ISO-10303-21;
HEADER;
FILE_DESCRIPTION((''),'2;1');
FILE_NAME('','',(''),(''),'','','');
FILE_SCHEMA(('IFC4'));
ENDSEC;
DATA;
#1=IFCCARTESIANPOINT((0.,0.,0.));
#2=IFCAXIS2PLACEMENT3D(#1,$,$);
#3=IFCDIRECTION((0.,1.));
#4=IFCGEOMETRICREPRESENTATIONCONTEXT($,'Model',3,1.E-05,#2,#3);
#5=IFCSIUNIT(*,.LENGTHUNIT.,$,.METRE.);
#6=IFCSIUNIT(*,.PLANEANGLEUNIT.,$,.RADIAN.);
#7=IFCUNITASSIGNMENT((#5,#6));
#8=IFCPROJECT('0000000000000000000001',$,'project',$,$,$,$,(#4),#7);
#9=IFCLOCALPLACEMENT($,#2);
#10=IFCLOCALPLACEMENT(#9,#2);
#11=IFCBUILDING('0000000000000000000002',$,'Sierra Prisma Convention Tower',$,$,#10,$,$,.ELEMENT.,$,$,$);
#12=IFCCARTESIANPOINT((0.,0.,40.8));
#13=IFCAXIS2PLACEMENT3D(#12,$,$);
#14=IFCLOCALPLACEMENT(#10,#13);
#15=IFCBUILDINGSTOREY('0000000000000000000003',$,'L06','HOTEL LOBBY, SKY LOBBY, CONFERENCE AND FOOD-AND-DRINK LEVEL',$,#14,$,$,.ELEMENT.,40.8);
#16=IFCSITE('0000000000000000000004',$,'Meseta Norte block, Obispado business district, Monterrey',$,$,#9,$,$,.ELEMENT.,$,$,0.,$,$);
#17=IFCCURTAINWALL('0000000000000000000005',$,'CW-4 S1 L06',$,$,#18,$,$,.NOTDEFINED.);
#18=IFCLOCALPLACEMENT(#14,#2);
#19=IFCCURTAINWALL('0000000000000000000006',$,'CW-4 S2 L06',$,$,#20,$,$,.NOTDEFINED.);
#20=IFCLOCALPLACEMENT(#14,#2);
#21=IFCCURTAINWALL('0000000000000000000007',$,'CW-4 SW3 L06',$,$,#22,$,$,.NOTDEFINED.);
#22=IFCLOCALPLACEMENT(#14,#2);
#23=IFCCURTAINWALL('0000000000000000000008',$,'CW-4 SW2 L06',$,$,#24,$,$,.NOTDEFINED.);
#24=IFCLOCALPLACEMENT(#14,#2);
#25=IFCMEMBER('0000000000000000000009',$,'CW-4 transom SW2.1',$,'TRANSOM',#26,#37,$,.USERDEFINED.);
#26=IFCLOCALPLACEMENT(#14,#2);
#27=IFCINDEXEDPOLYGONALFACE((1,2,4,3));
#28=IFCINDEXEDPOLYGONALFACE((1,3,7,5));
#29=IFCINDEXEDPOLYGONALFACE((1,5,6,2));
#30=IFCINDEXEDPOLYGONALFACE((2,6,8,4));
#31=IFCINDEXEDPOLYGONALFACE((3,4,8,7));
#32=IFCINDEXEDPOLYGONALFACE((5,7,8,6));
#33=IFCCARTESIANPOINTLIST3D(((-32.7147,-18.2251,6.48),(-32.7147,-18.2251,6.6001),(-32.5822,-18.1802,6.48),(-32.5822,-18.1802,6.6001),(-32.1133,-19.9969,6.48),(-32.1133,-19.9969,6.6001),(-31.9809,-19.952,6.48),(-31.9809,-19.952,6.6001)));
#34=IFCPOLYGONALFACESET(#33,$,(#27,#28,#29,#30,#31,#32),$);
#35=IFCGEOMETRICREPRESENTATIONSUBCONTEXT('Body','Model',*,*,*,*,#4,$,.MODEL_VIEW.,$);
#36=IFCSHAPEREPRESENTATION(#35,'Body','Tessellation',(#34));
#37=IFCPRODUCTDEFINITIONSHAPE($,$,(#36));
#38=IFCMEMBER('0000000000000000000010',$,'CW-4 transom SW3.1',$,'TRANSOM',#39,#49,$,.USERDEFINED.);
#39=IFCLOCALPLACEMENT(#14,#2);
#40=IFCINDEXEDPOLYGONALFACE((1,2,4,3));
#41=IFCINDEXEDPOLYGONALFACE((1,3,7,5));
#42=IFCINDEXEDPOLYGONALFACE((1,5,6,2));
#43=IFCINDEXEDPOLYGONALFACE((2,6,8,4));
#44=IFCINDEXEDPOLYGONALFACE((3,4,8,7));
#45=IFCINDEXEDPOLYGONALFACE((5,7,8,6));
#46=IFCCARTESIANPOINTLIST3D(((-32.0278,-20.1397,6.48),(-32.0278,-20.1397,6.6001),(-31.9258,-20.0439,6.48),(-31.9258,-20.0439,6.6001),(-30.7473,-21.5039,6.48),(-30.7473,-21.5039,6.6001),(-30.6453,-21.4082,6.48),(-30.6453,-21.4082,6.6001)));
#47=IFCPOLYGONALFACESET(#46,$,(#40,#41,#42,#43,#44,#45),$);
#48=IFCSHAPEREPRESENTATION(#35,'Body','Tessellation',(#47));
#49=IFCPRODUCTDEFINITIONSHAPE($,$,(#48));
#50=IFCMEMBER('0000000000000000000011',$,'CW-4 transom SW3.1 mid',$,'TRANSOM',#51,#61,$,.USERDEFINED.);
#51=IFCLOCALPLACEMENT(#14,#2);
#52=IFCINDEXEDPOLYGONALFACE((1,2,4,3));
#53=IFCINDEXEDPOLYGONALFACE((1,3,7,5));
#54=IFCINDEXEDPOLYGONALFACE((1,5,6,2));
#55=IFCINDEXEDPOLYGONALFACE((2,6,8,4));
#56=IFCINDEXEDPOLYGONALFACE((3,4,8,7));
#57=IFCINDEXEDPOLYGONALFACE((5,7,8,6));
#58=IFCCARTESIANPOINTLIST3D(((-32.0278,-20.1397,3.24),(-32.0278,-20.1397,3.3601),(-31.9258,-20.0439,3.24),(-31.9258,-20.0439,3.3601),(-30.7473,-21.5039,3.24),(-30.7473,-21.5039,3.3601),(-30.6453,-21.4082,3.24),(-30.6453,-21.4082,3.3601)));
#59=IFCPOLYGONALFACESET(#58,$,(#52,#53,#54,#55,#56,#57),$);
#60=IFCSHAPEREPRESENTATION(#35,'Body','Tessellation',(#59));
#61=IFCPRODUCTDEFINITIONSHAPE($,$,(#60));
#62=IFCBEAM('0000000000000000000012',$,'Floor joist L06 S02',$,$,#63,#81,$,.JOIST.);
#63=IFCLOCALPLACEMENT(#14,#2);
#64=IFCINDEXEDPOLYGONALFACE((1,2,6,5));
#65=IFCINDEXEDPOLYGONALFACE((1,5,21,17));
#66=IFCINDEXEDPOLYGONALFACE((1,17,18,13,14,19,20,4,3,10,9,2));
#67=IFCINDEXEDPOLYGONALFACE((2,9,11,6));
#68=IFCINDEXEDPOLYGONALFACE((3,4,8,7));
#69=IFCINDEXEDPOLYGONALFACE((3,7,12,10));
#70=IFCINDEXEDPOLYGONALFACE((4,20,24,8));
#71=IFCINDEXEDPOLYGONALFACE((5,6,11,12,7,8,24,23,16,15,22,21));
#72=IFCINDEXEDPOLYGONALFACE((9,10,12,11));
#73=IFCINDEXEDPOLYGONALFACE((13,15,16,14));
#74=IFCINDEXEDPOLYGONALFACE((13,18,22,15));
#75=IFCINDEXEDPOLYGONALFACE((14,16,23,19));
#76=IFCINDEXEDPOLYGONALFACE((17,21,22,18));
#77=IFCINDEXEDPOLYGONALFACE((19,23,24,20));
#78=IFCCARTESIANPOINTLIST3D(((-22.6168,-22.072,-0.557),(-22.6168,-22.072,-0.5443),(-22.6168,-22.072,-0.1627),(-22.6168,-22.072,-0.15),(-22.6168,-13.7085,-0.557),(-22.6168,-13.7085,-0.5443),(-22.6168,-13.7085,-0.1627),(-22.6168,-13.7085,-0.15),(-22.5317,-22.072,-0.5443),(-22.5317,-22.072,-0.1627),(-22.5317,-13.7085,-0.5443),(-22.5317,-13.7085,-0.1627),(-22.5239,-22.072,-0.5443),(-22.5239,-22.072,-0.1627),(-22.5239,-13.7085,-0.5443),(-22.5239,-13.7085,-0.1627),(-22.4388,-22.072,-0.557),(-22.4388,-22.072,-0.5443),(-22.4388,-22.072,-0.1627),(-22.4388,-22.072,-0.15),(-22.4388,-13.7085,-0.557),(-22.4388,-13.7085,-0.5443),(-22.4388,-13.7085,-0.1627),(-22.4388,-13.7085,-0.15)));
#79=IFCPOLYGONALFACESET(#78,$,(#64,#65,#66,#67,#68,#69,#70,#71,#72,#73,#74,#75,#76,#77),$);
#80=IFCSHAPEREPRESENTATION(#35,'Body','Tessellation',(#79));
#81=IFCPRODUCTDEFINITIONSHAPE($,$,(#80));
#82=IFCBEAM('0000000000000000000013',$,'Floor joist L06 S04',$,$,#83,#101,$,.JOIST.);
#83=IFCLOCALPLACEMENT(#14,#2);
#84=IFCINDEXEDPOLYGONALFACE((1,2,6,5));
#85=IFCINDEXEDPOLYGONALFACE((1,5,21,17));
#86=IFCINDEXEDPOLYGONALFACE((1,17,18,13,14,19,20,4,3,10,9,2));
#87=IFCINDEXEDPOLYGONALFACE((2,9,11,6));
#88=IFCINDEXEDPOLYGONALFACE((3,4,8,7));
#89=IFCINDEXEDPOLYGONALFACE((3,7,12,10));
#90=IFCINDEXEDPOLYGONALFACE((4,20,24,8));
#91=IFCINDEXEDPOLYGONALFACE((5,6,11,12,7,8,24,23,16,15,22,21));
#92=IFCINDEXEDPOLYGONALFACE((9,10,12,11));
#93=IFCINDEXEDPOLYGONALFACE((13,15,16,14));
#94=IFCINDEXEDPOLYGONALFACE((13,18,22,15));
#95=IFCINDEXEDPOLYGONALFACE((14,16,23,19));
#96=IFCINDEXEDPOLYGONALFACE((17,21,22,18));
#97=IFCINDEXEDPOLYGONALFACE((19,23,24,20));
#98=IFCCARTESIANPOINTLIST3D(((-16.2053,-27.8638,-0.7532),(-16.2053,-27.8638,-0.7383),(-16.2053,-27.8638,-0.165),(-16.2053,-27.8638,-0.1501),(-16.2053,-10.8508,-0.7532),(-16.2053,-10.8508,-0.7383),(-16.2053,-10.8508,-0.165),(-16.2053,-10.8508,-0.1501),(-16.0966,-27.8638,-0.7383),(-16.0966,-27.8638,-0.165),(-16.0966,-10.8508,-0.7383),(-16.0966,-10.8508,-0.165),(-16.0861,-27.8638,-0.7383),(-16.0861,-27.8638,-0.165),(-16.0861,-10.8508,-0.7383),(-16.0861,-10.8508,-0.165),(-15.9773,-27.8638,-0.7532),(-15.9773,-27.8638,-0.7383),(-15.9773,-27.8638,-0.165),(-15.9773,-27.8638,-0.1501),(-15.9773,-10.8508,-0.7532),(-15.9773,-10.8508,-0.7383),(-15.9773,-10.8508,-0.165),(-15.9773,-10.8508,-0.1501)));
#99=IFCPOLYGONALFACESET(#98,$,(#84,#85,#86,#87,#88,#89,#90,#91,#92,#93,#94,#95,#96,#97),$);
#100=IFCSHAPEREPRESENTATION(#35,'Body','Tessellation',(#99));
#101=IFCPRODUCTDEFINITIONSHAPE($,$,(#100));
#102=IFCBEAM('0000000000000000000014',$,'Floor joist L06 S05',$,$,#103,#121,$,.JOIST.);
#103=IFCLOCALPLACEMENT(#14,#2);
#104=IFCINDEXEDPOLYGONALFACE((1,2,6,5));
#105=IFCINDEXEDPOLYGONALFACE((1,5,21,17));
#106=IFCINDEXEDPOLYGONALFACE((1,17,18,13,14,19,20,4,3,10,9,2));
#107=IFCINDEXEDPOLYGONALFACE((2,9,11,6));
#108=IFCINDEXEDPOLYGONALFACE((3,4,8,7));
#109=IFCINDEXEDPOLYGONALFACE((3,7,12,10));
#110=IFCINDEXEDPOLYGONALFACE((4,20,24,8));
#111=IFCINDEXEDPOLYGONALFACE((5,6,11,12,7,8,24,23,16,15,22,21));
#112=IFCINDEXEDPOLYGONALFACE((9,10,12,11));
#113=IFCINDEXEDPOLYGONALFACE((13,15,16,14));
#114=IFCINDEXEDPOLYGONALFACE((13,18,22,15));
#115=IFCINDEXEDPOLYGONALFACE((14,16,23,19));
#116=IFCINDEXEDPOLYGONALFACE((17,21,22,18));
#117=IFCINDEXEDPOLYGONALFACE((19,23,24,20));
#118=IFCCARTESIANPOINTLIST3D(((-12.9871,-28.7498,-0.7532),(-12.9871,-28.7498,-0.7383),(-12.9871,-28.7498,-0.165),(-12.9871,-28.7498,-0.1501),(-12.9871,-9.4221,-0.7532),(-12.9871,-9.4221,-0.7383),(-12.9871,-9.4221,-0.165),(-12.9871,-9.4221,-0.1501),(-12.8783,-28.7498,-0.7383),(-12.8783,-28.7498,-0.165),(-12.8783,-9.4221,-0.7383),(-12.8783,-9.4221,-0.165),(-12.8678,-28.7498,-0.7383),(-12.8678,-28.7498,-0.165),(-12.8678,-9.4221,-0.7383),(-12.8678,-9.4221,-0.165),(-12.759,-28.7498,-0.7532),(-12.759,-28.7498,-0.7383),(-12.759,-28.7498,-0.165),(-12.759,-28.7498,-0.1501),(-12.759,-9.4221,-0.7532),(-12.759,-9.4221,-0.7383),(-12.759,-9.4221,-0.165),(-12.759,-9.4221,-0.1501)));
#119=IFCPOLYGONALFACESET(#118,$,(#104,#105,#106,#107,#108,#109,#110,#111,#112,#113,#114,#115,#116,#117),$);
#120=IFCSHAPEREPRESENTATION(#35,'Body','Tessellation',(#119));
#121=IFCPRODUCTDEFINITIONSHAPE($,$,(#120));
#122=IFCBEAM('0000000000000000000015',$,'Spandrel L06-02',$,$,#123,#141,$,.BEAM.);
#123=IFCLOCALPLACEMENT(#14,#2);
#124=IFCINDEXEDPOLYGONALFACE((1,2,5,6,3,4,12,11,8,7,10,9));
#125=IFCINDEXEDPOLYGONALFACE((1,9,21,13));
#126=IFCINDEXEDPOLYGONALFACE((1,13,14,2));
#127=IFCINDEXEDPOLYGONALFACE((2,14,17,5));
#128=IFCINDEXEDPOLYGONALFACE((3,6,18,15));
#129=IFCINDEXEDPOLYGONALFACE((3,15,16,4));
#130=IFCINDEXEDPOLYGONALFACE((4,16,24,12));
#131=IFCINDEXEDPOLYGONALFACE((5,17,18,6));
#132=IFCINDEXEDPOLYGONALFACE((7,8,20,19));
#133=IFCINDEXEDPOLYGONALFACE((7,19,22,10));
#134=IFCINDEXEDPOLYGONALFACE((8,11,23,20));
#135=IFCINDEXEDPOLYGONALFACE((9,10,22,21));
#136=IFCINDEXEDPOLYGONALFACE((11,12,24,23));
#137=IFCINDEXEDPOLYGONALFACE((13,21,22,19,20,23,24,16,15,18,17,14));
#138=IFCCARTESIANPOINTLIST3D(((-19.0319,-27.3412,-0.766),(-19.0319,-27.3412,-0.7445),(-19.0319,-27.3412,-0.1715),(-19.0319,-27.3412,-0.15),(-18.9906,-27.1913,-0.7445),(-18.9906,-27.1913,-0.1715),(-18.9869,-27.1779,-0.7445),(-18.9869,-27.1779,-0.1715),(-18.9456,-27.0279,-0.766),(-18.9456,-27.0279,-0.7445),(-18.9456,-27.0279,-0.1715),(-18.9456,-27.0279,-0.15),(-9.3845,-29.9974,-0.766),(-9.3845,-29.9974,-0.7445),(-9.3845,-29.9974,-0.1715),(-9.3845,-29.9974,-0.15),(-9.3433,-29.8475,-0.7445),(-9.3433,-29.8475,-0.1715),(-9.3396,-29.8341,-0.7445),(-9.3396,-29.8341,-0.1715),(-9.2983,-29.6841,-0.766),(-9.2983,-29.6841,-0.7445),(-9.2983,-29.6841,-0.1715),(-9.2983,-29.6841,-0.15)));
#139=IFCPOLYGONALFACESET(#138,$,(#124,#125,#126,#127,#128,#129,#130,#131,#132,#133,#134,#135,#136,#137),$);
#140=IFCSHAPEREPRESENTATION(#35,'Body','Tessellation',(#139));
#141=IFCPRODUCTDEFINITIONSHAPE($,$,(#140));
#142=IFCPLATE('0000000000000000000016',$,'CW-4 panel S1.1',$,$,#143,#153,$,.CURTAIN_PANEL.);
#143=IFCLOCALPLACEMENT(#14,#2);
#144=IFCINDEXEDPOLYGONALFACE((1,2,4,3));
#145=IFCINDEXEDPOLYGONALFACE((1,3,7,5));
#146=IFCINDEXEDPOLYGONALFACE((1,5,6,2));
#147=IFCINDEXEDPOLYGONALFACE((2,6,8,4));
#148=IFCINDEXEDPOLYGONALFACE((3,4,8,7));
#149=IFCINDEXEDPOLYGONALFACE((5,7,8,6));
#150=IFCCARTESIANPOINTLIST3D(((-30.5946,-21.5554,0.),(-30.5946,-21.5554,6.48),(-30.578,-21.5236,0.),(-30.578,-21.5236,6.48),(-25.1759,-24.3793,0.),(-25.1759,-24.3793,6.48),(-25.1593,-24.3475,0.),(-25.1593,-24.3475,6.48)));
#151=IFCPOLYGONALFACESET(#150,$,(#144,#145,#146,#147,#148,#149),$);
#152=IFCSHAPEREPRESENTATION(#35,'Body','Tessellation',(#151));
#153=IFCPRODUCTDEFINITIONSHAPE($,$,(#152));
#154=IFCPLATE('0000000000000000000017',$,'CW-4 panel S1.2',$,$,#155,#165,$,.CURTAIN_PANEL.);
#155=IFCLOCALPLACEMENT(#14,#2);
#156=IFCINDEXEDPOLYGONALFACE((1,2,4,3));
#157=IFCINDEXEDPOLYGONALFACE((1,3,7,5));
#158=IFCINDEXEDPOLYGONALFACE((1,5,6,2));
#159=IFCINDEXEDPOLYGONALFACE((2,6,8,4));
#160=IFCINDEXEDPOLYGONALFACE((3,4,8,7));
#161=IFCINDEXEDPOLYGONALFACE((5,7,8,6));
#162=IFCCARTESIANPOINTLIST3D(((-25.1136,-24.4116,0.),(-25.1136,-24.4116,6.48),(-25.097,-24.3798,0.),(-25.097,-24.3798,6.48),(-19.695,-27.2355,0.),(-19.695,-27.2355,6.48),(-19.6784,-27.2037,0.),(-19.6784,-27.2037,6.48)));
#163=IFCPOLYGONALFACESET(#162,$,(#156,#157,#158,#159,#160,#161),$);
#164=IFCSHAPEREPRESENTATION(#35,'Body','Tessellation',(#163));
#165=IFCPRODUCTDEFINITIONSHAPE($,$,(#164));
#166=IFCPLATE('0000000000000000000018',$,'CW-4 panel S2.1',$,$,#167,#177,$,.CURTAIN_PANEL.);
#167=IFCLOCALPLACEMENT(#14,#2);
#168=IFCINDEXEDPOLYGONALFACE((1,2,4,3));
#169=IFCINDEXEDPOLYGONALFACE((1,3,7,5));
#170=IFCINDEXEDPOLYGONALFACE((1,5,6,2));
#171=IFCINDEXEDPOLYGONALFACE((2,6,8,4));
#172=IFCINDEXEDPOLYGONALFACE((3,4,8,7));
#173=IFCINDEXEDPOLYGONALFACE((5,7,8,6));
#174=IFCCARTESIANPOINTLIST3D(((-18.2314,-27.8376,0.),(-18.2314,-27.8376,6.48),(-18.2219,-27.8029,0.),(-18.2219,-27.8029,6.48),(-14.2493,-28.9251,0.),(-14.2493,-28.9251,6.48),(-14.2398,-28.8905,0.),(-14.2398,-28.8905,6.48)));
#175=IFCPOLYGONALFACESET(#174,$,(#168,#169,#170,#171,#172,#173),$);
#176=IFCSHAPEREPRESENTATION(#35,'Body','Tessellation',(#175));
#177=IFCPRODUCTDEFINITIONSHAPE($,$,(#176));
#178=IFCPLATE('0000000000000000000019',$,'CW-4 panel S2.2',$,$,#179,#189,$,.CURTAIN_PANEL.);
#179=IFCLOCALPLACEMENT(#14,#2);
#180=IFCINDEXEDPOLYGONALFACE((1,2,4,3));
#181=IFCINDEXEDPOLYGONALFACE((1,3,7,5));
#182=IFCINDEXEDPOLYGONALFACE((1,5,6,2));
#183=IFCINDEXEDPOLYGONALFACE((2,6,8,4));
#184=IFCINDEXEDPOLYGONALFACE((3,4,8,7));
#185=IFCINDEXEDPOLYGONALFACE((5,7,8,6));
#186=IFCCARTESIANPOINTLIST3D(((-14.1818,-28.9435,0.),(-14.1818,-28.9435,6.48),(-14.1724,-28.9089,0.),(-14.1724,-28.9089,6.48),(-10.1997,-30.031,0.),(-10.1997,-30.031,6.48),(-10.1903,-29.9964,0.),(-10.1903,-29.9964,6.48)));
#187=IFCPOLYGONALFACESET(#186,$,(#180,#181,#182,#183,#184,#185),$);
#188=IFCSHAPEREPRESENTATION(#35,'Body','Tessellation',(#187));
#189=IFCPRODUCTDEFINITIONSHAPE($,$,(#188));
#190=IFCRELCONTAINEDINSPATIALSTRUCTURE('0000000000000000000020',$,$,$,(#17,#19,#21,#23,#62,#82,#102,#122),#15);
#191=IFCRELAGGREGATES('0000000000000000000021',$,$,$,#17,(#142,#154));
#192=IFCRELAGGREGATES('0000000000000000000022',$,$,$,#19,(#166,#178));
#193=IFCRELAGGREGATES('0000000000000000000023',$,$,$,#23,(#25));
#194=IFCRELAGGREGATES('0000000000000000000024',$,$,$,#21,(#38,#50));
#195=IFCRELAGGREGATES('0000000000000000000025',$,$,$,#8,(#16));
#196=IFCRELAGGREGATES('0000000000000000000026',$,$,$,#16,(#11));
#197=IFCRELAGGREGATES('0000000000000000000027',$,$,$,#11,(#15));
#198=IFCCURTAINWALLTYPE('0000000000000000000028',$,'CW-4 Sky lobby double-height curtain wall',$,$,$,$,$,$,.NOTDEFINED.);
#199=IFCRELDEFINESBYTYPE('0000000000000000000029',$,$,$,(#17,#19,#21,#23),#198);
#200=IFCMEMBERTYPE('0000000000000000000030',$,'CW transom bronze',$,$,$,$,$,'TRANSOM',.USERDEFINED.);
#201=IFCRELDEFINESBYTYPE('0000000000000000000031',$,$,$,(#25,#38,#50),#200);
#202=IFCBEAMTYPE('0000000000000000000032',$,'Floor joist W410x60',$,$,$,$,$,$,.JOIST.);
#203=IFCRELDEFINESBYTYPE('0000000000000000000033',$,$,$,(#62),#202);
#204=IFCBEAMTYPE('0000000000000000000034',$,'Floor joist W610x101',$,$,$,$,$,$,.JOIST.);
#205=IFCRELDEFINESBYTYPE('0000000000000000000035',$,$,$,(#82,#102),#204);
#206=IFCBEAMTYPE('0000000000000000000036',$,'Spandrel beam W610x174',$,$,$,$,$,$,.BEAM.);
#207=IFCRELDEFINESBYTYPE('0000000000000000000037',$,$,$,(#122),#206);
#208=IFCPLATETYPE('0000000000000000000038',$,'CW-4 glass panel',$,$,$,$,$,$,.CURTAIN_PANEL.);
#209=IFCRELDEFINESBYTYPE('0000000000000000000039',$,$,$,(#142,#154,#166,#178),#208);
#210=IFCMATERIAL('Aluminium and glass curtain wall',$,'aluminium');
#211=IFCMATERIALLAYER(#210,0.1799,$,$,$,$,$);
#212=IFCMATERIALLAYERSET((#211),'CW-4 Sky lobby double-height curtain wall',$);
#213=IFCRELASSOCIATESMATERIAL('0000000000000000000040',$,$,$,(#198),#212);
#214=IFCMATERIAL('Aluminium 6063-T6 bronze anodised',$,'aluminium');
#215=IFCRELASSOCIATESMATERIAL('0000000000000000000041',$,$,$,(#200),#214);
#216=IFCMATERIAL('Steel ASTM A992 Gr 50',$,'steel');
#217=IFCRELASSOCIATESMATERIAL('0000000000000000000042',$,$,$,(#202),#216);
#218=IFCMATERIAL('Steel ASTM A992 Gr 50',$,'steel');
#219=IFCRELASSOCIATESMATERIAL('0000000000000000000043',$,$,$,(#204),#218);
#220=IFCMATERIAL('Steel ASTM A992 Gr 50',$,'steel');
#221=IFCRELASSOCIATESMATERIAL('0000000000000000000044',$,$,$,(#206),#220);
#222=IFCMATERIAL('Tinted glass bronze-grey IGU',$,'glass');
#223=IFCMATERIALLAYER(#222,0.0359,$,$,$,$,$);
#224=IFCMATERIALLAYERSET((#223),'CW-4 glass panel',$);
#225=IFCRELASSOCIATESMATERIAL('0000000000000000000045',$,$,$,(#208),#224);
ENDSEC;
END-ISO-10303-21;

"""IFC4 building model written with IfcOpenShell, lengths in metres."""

from ifc_helpers import new_model, si_unit, direction, frame, origin, origin_2d, place, context, subcontext, project, spatial, rectangle, i_section, extrude, material, layer, layer_set, material_profile, profile_set, type_object, element, aggregate, save


model = new_model("IFC4")

# Units and contexts
model_context = context("Model", 3, precision=1e-05, world=origin(), true_north=direction((0.0, 1.0)))
body_context = subcontext(model_context, "Body", "Model", "MODEL_VIEW")
ifc_project = project(units=[si_unit("LENGTHUNIT", "METRE"), si_unit("PLANEANGLEUNIT", "RADIAN")], contexts=[model_context])

# Site, building, storey
site_placement = place(None, origin())
site = spatial("IfcSite", under=ifc_project, at=site_placement, Name="Meseta Norte block, Obispado business district, Monterrey", CompositionType="ELEMENT", RefElevation=0.0)
building_placement = place(site_placement, origin())
building = spatial("IfcBuilding", under=site, at=building_placement, Name="Sierra Prisma Convention Tower", CompositionType="ELEMENT")
storey_placement = place(building_placement, frame((0.0, 0.0, 40.8)))
storey = spatial("IfcBuildingStorey", under=building, at=storey_placement, Name="L06", Description="HOTEL LOBBY, SKY LOBBY, CONFERENCE AND FOOD-AND-DRINK LEVEL", CompositionType="ELEMENT", Elevation=40.8)

# Curtain wall
ifc_material_1 = material(Name="Aluminium and glass curtain wall", Category="aluminium")
ifc_layer_1 = layer(ifc_material_1, 0.1799)
ifc_layer_set_1 = layer_set([ifc_layer_1], Name="CW-4 Sky lobby double-height curtain wall")
curtain_wall_type = type_object("IfcCurtainWallType", Name="CW-4 Sky lobby double-height curtain wall", PredefinedType="NOTDEFINED", material=ifc_layer_set_1)
curtain_wall_1_placement = place(storey_placement, origin())
curtain_wall_1 = element("IfcCurtainWall", 1, at=curtain_wall_1_placement, inside=storey, type_object=curtain_wall_type, Name="CW-4 S1 L06", PredefinedType="NOTDEFINED")

# Curtain walls
curtain_wall_2_placement = place(storey_placement, origin())
curtain_wall_2 = element("IfcCurtainWall", 2, at=curtain_wall_2_placement, inside=storey, type_object=curtain_wall_type, Name="CW-4 S2 L06", PredefinedType="NOTDEFINED")
curtain_wall_3_placement = place(storey_placement, origin())
curtain_wall_3 = element("IfcCurtainWall", 3, at=curtain_wall_3_placement, inside=storey, type_object=curtain_wall_type, Name="CW-4 SW3 L06", PredefinedType="NOTDEFINED")

# Shared definitions
ifc_material_2 = material(Name="Aluminium 6063-T6 bronze anodised", Category="aluminium")
ifc_material_profile_1 = material_profile(ifc_material_2, rectangle(XDim=0.1399, YDim=0.1201, at=origin_2d()), Name="ALU TRANSOM 120x140")
ifc_profile_set_1 = profile_set([ifc_material_profile_1], Name="Aluminium 6063-T6 bronze anodised")
member_type_1 = type_object("IfcMemberType", Name="CW transom bronze", ElementType="TRANSOM", PredefinedType="USERDEFINED", material=ifc_profile_set_1)

# Curtain wall, member
curtain_wall_4_placement = place(storey_placement, origin())
curtain_wall_4 = element("IfcCurtainWall", 4, at=curtain_wall_4_placement, inside=storey, type_object=curtain_wall_type, Name="CW-4 SW2 L06", PredefinedType="NOTDEFINED")
member_1_placement = place(storey_placement, frame((-32.6484, -18.2026, 6.54), z_axis=(0.32139, -0.946947, 0.0), x_axis=(0.946947, 0.32139, 0.0)))
member_1 = element("IfcMember", 5, at=member_1_placement, type_object=member_type_1, Name="CW-4 transom SW2.1", ObjectType="TRANSOM", PredefinedType="USERDEFINED", context=body_context, shape_type="SweptSolid", body=[
    extrude(rectangle(XDim=0.1399, YDim=0.1201, at=origin_2d()), origin(), (0.0, 0.0, 1.0), 1.8711),
])

# Members
member_2_placement = place(storey_placement, frame((-31.9768, -20.0918, 6.54), z_axis=(0.684375, -0.72913, 0.0), x_axis=(0.72913, 0.684375, 0.0)))
member_2 = element("IfcMember", 6, at=member_2_placement, type_object=member_type_1, Name="CW-4 transom SW3.1", ObjectType="TRANSOM", PredefinedType="USERDEFINED", context=body_context, shape_type="SweptSolid", body=[
    extrude(rectangle(XDim=0.1399, YDim=0.1201, at=origin_2d()), origin(), (0.0, 0.0, 1.0), 1.8711),
])
member_3_placement = place(storey_placement, frame((-31.9768, -20.0918, 3.3), z_axis=(0.684375, -0.72913, 0.0), x_axis=(0.72913, 0.684375, 0.0)))
member_3 = element("IfcMember", 7, at=member_3_placement, type_object=member_type_1, Name="CW-4 transom SW3.1 mid", ObjectType="TRANSOM", PredefinedType="USERDEFINED", context=body_context, shape_type="SweptSolid", body=[
    extrude(rectangle(XDim=0.1399, YDim=0.1201, at=origin_2d()), origin(), (0.0, 0.0, 1.0), 1.8711),
])

# Beams
ifc_material_3 = material(Name="Steel ASTM A992 Gr 50", Category="steel")
ifc_material_profile_2 = material_profile(ifc_material_3, i_section(OverallWidth=0.178, OverallDepth=0.407, WebThickness=0.0078, FlangeThickness=0.0127, at=origin_2d()), Name="W410x60")
ifc_profile_set_2 = profile_set([ifc_material_profile_2], Name="Steel ASTM A992 Gr 50")
beam_type_1 = type_object("IfcBeamType", Name="Floor joist W410x60", PredefinedType="JOIST", material=ifc_profile_set_2)
beam_1_placement = place(storey_placement, frame((-22.5278, -22.072, -0.3535), z_axis=(0.0, 1.0, 0.0), x_axis=(-1.0, 0.0, 0.0)))
element("IfcBeam", 8, at=beam_1_placement, inside=storey, type_object=beam_type_1, Name="Floor joist L06 S02", PredefinedType="JOIST", context=body_context, shape_type="SweptSolid", body=[
    extrude(i_section(OverallWidth=0.178, OverallDepth=0.407, WebThickness=0.0078, FlangeThickness=0.0127, at=origin_2d()), origin(), (0.0, 0.0, 1.0), 8.3635),
])
ifc_material_4 = material(Name="Steel ASTM A992 Gr 50", Category="steel")
ifc_material_profile_3 = material_profile(ifc_material_4, i_section(OverallWidth=0.228, OverallDepth=0.603, WebThickness=0.0105, FlangeThickness=0.0149, at=origin_2d()), Name="W610x101")
ifc_profile_set_3 = profile_set([ifc_material_profile_3], Name="Steel ASTM A992 Gr 50")
beam_type_2 = type_object("IfcBeamType", Name="Floor joist W610x101", PredefinedType="JOIST", material=ifc_profile_set_3)
beam_2_placement = place(storey_placement, frame((-16.0913, -27.8638, -0.4517), z_axis=(0.0, 1.0, 0.0), x_axis=(-1.0, 0.0, 0.0)))
element("IfcBeam", 9, at=beam_2_placement, inside=storey, type_object=beam_type_2, Name="Floor joist L06 S04", PredefinedType="JOIST", context=body_context, shape_type="SweptSolid", body=[
    extrude(i_section(OverallWidth=0.228, OverallDepth=0.603, WebThickness=0.0105, FlangeThickness=0.0149, at=origin_2d()), origin(), (0.0, 0.0, 1.0), 17.0129),
])
beam_3_placement = place(storey_placement, frame((-12.873, -28.7498, -0.4517), z_axis=(0.0, 1.0, 0.0), x_axis=(-1.0, 0.0, 0.0)))
element("IfcBeam", 10, at=beam_3_placement, inside=storey, type_object=beam_type_2, Name="Floor joist L06 S05", PredefinedType="JOIST", context=body_context, shape_type="SweptSolid", body=[
    extrude(i_section(OverallWidth=0.228, OverallDepth=0.603, WebThickness=0.0105, FlangeThickness=0.0149, at=origin_2d()), origin(), (0.0, 0.0, 1.0), 19.3276),
])
ifc_material_5 = material(Name="Steel ASTM A992 Gr 50", Category="steel")
ifc_material_profile_4 = material_profile(ifc_material_5, i_section(OverallWidth=0.325, OverallDepth=0.616, WebThickness=0.0139, FlangeThickness=0.0215, at=origin_2d()), Name="W610x174")
ifc_profile_set_4 = profile_set([ifc_material_profile_4], Name="Steel ASTM A992 Gr 50")
beam_type_3 = type_object("IfcBeamType", Name="Spandrel beam W610x174", PredefinedType="BEAM", material=ifc_profile_set_4)
beam_4_placement = place(storey_placement, frame((-18.9888, -27.1846, -0.458), z_axis=(0.964124, -0.265454, 0.0), x_axis=(0.265454, 0.964124, 0.0)))
element("IfcBeam", 11, at=beam_4_placement, inside=storey, type_object=beam_type_3, Name="Spandrel L06-02", PredefinedType="BEAM", context=body_context, shape_type="SweptSolid", body=[
    extrude(i_section(OverallWidth=0.325, OverallDepth=0.616, WebThickness=0.0139, FlangeThickness=0.0215, at=origin_2d()), origin(), (0.0, 0.0, 1.0), 10.0063),
])

# Plates
ifc_material_6 = material(Name="Tinted glass bronze-grey IGU", Category="glass")
ifc_layer_2 = layer(ifc_material_6, 0.0359)
ifc_layer_set_2 = layer_set([ifc_layer_2], Name="CW-4 glass panel")
plate_type = type_object("IfcPlateType", Name="CW-4 glass panel", PredefinedType="CURTAIN_PANEL", material=ifc_layer_set_2)
plate_1_placement = place(storey_placement, frame((-27.877, -22.9514, 0.0), z_axis=(0.0, 0.0, 1.0), x_axis=(0.886801, -0.462151, 0.0)))
plate_1 = element("IfcPlate", 12, at=plate_1_placement, type_object=plate_type, Name="CW-4 panel S1.1", PredefinedType="CURTAIN_PANEL", context=body_context, shape_type="SweptSolid", body=[
    extrude(rectangle(XDim=6.1104, YDim=0.0359, at=origin_2d()), origin(), (0.0, 0.0, 1.0), 6.48),
])
plate_2_placement = place(storey_placement, frame((-22.396, -25.8076, 0.0), z_axis=(0.0, 0.0, 1.0), x_axis=(0.886801, -0.462151, 0.0)))
plate_2 = element("IfcPlate", 13, at=plate_2_placement, type_object=plate_type, Name="CW-4 panel S1.2", PredefinedType="CURTAIN_PANEL", context=body_context, shape_type="SweptSolid", body=[
    extrude(rectangle(XDim=6.1104, YDim=0.0359, at=origin_2d()), origin(), (0.0, 0.0, 1.0), 6.48),
])
aggregate(curtain_wall_1, [plate_1, plate_2])
plate_3_placement = place(storey_placement, frame((-16.2356, -28.364, 0.0), z_axis=(0.0, 0.0, 1.0), x_axis=(0.964671, -0.263456, 0.0)))
plate_3 = element("IfcPlate", 14, at=plate_3_placement, type_object=plate_type, Name="CW-4 panel S2.1", PredefinedType="CURTAIN_PANEL", context=body_context, shape_type="SweptSolid", body=[
    extrude(rectangle(XDim=4.1279, YDim=0.0359, at=origin_2d()), origin(), (0.0, 0.0, 1.0), 6.48),
])
plate_4_placement = place(storey_placement, frame((-12.186, -29.47, 0.0), z_axis=(0.0, 0.0, 1.0), x_axis=(0.964671, -0.263456, 0.0)))
plate_4 = element("IfcPlate", 15, at=plate_4_placement, type_object=plate_type, Name="CW-4 panel S2.2", PredefinedType="CURTAIN_PANEL", context=body_context, shape_type="SweptSolid", body=[
    extrude(rectangle(XDim=4.1279, YDim=0.0359, at=origin_2d()), origin(), (0.0, 0.0, 1.0), 6.48),
])
aggregate(curtain_wall_2, [plate_3, plate_4])
aggregate(curtain_wall_4, [member_1])
aggregate(curtain_wall_3, [member_2, member_3])

save(model, "model.ifc")
